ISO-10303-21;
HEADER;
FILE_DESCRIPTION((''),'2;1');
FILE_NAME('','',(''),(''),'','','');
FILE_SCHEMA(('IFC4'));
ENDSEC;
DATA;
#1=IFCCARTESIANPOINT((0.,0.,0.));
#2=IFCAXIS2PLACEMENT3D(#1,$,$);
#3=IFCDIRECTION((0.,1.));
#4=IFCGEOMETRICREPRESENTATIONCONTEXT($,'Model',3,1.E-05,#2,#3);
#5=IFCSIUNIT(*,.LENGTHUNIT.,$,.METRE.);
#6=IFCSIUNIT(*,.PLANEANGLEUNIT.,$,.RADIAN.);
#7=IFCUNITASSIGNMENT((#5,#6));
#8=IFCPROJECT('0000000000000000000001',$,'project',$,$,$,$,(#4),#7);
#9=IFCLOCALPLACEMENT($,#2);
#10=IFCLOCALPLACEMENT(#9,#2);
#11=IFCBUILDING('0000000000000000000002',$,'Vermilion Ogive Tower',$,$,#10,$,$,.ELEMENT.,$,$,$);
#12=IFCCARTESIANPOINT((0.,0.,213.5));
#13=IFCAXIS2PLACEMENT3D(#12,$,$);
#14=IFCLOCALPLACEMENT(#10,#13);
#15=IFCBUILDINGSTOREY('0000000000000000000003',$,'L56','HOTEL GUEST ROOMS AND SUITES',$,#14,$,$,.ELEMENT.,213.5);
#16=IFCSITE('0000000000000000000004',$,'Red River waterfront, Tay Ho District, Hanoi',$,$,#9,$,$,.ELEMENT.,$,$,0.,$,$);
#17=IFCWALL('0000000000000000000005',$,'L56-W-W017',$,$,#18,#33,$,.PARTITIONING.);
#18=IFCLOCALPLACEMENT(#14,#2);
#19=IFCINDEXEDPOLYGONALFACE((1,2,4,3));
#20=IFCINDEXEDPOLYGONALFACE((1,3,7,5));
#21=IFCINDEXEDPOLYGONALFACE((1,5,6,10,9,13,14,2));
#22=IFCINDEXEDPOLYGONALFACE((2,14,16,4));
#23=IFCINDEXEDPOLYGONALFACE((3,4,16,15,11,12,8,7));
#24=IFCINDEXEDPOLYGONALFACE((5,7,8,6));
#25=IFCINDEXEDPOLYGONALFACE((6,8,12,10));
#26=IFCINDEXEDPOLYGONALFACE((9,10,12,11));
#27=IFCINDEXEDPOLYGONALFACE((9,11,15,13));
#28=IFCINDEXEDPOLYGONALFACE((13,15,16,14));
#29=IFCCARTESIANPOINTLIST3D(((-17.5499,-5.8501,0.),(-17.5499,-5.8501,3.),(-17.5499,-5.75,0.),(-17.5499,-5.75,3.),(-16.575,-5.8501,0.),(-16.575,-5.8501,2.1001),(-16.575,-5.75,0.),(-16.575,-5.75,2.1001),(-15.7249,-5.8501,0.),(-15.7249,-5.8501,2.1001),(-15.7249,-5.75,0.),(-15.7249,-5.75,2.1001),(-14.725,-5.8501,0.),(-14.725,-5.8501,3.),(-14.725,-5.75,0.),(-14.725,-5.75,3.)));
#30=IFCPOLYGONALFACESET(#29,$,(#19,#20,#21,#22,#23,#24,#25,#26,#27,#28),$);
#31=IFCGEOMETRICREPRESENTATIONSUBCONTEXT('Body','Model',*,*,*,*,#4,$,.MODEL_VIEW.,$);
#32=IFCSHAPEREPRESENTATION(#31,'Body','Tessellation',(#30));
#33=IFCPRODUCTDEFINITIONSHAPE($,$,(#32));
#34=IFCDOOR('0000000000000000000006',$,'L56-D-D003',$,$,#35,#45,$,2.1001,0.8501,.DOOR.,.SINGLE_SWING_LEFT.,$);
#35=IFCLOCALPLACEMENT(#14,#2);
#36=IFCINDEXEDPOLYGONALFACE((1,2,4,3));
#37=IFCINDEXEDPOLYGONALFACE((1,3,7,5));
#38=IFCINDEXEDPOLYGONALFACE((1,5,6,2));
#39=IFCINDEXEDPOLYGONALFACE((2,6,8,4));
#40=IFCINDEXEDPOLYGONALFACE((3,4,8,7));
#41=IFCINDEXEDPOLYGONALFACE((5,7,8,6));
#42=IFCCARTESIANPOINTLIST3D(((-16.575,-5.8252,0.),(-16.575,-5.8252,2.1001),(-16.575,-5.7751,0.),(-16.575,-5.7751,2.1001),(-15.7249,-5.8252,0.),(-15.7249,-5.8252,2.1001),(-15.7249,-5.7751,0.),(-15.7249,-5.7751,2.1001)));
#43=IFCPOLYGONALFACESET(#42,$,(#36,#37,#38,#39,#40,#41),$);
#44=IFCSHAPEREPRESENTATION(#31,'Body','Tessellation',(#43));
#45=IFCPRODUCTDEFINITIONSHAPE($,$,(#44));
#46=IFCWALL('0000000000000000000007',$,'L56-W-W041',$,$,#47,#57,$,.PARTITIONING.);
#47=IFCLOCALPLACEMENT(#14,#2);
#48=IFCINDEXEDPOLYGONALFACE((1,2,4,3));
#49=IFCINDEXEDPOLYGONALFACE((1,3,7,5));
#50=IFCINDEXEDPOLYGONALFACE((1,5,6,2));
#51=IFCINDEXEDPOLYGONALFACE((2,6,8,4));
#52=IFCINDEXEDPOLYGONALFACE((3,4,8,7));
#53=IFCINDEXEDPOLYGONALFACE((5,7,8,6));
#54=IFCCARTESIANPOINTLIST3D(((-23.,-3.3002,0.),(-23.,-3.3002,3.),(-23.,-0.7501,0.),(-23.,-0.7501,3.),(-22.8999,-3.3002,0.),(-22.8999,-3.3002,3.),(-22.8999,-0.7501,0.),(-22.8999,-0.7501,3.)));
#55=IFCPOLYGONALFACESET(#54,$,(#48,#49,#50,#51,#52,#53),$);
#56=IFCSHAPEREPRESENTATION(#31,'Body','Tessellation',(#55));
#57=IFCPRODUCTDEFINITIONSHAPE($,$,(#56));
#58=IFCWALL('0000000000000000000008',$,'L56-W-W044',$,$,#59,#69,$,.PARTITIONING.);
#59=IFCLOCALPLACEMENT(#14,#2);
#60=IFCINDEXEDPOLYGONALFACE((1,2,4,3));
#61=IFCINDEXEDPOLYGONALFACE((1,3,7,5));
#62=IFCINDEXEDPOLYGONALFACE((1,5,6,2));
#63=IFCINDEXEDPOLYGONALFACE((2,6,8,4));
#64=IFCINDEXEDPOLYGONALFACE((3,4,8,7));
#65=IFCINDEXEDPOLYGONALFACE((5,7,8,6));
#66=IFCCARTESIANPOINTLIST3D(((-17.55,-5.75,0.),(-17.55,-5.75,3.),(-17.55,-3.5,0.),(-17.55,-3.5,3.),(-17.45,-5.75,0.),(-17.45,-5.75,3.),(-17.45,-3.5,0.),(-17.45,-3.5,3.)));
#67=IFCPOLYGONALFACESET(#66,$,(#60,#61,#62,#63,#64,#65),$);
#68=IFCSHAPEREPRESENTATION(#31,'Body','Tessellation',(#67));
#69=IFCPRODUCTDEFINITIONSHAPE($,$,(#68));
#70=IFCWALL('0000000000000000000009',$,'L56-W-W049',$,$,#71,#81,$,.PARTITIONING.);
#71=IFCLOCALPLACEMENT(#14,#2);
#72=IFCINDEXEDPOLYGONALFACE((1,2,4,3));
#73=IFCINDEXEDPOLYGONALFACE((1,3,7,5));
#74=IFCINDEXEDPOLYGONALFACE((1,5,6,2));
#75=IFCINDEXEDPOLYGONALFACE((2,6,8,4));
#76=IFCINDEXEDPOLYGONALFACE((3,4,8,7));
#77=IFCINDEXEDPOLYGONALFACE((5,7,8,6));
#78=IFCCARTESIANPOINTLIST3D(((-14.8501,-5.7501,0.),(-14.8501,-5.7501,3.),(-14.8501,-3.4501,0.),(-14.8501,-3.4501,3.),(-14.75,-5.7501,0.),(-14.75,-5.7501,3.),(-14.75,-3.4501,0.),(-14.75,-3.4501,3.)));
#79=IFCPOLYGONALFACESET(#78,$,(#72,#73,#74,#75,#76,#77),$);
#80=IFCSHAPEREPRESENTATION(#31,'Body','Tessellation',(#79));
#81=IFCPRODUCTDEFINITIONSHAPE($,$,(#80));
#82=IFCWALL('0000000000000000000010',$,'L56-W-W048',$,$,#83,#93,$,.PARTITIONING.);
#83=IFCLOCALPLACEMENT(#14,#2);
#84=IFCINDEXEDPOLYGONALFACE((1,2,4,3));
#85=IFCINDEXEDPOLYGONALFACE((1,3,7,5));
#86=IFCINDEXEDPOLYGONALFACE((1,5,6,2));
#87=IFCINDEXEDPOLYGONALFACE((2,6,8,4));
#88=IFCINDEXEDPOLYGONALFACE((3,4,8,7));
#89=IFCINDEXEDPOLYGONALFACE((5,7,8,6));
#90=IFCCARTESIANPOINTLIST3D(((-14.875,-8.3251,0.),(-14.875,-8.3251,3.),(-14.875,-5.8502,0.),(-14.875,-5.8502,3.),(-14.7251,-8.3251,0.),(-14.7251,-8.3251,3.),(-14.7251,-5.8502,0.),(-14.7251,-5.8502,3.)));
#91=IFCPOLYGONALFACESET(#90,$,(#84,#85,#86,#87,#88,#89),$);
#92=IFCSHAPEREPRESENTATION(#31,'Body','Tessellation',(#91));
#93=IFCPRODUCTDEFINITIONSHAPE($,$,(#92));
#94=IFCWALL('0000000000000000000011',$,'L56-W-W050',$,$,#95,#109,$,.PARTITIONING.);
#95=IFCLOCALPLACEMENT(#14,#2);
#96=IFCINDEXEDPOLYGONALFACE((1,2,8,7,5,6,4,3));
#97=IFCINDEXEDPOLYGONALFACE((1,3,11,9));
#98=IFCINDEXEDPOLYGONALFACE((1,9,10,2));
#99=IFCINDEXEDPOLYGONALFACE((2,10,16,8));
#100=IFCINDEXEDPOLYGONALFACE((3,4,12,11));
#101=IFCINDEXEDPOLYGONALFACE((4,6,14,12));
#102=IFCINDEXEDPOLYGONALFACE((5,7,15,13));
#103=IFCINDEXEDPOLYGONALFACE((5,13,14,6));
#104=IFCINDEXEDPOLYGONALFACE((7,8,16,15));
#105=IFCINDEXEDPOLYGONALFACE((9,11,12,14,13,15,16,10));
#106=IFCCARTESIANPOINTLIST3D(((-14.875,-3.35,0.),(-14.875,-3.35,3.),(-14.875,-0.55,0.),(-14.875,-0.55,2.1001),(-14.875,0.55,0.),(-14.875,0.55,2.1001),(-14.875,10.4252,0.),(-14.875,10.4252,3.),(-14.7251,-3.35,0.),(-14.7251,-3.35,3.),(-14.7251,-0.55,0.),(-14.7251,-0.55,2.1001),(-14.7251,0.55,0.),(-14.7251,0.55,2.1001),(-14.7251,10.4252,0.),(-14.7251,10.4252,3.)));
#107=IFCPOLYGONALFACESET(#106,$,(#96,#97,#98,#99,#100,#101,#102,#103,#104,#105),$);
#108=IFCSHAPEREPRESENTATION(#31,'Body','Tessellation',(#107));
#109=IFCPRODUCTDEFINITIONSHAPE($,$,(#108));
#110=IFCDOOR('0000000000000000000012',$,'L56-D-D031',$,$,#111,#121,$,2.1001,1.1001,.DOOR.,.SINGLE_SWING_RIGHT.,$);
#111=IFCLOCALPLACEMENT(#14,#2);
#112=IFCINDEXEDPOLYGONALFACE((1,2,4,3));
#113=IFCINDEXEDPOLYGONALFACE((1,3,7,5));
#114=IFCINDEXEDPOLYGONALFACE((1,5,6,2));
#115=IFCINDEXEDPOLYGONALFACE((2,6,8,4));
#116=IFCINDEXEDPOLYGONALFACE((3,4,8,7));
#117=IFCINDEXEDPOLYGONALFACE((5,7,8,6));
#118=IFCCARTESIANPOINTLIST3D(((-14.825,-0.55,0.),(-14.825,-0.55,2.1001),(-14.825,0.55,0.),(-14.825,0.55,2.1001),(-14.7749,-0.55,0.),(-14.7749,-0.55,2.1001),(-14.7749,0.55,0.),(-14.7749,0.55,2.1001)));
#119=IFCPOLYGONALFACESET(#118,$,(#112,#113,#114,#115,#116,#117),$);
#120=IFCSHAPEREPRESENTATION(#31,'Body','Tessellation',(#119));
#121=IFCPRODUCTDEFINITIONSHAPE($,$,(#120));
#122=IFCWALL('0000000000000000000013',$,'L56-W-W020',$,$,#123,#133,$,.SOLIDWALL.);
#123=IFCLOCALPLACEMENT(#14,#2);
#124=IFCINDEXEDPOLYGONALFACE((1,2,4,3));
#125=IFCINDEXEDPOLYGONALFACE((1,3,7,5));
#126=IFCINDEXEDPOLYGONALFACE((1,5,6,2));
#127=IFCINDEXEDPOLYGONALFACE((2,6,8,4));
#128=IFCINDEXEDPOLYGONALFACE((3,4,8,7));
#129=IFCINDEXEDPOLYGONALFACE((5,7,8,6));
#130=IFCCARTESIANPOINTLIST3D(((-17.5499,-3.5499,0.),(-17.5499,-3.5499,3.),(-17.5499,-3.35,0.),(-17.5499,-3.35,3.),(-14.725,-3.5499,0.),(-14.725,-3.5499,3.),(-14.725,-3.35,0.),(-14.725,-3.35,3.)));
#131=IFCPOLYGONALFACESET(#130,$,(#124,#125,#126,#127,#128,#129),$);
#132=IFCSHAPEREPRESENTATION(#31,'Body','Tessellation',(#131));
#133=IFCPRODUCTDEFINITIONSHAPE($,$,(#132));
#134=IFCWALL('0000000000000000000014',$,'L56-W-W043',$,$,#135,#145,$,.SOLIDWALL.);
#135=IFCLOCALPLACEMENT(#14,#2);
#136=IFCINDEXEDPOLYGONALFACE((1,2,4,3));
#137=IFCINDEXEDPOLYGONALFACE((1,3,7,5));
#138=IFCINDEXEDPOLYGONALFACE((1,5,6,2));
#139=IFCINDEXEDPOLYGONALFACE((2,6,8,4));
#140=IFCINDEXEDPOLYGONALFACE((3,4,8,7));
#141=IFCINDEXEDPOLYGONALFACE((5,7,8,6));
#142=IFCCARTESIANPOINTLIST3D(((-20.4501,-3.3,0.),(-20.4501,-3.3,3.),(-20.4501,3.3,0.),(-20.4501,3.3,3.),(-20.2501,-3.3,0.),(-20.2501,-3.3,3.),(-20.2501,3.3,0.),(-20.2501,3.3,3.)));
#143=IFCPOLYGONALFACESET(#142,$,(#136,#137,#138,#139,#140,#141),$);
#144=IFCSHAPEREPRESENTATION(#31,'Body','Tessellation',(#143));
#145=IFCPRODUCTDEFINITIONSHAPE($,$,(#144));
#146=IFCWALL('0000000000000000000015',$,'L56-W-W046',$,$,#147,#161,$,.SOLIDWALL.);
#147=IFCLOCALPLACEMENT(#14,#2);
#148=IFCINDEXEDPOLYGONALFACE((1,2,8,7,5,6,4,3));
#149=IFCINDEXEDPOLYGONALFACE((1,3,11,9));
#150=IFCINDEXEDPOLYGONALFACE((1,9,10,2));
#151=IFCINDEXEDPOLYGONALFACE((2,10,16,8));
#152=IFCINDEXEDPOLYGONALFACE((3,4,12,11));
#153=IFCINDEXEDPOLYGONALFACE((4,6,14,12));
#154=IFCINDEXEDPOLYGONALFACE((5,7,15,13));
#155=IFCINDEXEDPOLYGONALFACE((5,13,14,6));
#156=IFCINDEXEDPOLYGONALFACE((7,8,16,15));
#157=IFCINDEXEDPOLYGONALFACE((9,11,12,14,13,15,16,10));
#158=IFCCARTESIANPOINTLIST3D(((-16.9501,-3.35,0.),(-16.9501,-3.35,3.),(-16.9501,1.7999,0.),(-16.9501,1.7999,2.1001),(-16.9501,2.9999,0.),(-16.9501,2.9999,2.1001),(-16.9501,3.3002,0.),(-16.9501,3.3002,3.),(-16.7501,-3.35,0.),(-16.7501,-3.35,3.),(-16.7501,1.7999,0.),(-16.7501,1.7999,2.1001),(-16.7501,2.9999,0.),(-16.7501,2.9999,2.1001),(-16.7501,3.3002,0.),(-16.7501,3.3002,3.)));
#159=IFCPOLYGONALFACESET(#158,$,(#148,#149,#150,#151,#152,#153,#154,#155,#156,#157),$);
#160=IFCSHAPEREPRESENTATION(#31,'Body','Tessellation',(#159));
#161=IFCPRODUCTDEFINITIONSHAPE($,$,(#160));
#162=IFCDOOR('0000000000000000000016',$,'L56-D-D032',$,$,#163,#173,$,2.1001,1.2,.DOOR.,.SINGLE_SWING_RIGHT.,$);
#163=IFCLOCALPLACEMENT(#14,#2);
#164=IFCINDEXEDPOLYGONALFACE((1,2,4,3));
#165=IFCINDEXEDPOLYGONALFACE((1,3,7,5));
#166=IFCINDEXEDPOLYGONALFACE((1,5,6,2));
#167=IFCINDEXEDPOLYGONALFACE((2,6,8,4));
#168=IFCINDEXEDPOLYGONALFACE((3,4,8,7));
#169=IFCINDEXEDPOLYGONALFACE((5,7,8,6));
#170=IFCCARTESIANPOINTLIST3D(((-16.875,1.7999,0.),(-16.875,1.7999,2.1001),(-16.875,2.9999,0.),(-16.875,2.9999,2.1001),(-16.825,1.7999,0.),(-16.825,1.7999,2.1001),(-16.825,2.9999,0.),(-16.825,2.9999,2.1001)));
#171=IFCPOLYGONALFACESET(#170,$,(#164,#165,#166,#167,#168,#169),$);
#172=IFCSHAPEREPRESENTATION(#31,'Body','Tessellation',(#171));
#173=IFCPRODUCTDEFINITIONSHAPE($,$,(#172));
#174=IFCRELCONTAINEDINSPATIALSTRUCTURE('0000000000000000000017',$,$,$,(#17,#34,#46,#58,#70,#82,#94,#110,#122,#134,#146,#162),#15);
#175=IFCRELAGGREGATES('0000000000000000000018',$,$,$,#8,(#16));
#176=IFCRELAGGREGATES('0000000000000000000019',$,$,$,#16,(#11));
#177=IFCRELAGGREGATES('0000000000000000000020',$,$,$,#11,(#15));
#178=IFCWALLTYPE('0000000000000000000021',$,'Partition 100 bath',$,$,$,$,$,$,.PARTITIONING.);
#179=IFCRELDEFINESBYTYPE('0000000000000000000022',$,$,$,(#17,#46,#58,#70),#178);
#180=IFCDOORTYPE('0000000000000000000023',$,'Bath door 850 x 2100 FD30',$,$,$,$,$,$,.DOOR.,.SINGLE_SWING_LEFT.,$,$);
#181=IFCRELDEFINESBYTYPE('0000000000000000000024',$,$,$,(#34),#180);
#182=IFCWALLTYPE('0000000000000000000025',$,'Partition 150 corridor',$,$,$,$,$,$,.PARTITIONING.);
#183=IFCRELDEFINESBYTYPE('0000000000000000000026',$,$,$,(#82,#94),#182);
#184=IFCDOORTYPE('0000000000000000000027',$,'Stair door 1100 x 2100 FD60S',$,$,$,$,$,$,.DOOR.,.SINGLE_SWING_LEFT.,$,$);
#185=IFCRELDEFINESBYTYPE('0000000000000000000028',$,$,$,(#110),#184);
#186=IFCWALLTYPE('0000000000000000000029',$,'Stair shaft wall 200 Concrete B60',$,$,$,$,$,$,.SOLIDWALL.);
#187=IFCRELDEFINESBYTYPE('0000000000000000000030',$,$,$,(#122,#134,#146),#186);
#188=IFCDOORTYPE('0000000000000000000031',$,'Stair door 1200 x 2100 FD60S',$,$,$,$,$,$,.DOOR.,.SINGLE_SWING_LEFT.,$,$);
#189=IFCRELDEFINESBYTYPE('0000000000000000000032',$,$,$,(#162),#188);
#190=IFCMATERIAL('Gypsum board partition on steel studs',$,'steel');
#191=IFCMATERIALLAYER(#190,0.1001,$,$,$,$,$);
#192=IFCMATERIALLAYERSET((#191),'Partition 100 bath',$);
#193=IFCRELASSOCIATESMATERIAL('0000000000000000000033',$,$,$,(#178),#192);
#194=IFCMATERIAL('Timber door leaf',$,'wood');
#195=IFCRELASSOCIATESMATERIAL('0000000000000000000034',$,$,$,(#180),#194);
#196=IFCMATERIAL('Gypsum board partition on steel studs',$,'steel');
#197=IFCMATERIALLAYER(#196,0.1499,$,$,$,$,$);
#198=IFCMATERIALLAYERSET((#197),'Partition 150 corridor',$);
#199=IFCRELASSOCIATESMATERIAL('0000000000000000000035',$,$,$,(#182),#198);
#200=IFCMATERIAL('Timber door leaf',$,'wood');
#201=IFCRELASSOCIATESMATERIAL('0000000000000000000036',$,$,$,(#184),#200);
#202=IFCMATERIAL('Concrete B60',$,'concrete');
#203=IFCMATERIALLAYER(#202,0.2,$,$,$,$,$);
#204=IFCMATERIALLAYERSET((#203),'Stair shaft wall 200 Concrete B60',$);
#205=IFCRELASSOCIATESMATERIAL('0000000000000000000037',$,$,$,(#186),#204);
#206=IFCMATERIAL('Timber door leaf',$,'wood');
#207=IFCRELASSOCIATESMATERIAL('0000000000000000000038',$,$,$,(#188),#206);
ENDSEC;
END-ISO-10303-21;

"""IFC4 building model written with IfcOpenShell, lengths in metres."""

from ifc_helpers import new_model, si_unit, direction, frame, frame_2d, origin, place, context, subcontext, project, spatial, rectangle, extrude, material, layer, layer_set, type_object, element, fill, save


model = new_model("IFC4")

# Units and contexts
model_context = context("Model", 3, precision=1e-05, world=origin(), true_north=direction((0.0, 1.0)))
body_context = subcontext(model_context, "Body", "Model", "MODEL_VIEW")
ifc_project = project(units=[si_unit("LENGTHUNIT", "METRE"), si_unit("PLANEANGLEUNIT", "RADIAN")], contexts=[model_context])

# Site, building, storey
site_placement = place(None, origin())
site = spatial("IfcSite", under=ifc_project, at=site_placement, Name="Red River waterfront, Tay Ho District, Hanoi", CompositionType="ELEMENT", RefElevation=0.0)
building_placement = place(site_placement, origin())
building = spatial("IfcBuilding", under=site, at=building_placement, Name="Vermilion Ogive Tower", CompositionType="ELEMENT")
storey_placement = place(building_placement, frame((0.0, 0.0, 213.5)))
storey = spatial("IfcBuildingStorey", under=building, at=storey_placement, Name="L56", Description="HOTEL GUEST ROOMS AND SUITES", CompositionType="ELEMENT", Elevation=213.5)

# Wall, opening, door
ifc_material_1 = material(Name="Gypsum board partition on steel studs", Category="steel")
ifc_layer_1 = layer(ifc_material_1, 0.1001)
ifc_layer_set_1 = layer_set([ifc_layer_1], Name="Partition 100 bath")
wall_type_1 = type_object("IfcWallType", Name="Partition 100 bath", PredefinedType="PARTITIONING", material=ifc_layer_set_1)
wall_1_placement = place(storey_placement, frame((-17.55, -5.8, 0.0), z_axis=(0.0, 0.0, 1.0), x_axis=(1.0, 0.0, 0.0)))
wall_1 = element("IfcWall", 1, at=wall_1_placement, inside=storey, type_object=wall_type_1, Name="L56-W-W017", PredefinedType="PARTITIONING", context=body_context, shape_type="SweptSolid", body=[
    extrude(rectangle(XDim=2.825, YDim=0.1001, at=frame_2d((1.4126, 0.0))), origin(), (0.0, 0.0, 1.0), 3.0),
])
opening_1_placement = place(wall_1_placement, frame((0.9751, 0.0, 0.0)))
opening_1 = element("IfcOpeningElement", 2, at=opening_1_placement, cuts=wall_1, PredefinedType="OPENING", context=body_context, shape_type="SweptSolid", body=[
    extrude(rectangle(XDim=0.8501, YDim=2.1001, at=frame_2d((0.425, 1.05))), frame((0.0, 0.0601, 0.0), z_axis=(0.0, -1.0, 0.0), x_axis=(1.0, 0.0, 0.0)), (0.0, 0.0, 1.0), 0.1201),
])
ifc_material_2 = material(Name="Timber door leaf", Category="wood")
door_type_1 = type_object("IfcDoorType", Name="Bath door 850 x 2100 FD30", OperationType="SINGLE_SWING_LEFT", PredefinedType="DOOR", material=ifc_material_2)
door_1_placement = place(opening_1_placement, origin())
door_1 = element("IfcDoor", 3, at=door_1_placement, inside=storey, type_object=door_type_1, Name="L56-D-D003", OperationType="SINGLE_SWING_LEFT", OverallHeight=2.1001, OverallWidth=0.8501, PredefinedType="DOOR", context=body_context, shape_type="SweptSolid", body=[
    extrude(rectangle(XDim=0.8501, YDim=2.1001, at=frame_2d((0.425, 1.05))), frame((0.0, 0.0249, 0.0), z_axis=(0.0, -1.0, 0.0), x_axis=(1.0, 0.0, 0.0)), (0.0, 0.0, 1.0), 0.05),
])
fill(opening_1, door_1)

# Walls
wall_2_placement = place(storey_placement, frame((-22.95, -3.3, 0.0), z_axis=(0.0, 0.0, 1.0), x_axis=(0.0, 1.0, 0.0)))
element("IfcWall", 4, at=wall_2_placement, inside=storey, type_object=wall_type_1, Name="L56-W-W041", PredefinedType="PARTITIONING", context=body_context, shape_type="SweptSolid", body=[
    extrude(rectangle(XDim=2.55, YDim=0.1001, at=frame_2d((1.2749, 0.0))), origin(), (0.0, 0.0, 1.0), 3.0),
])
wall_3_placement = place(storey_placement, frame((-17.5, -5.75, 0.0), z_axis=(0.0, 0.0, 1.0), x_axis=(0.0, 1.0, 0.0)))
element("IfcWall", 5, at=wall_3_placement, inside=storey, type_object=wall_type_1, Name="L56-W-W044", PredefinedType="PARTITIONING", context=body_context, shape_type="SweptSolid", body=[
    extrude(rectangle(XDim=2.25, YDim=0.1001, at=frame_2d((1.125, 0.0))), origin(), (0.0, 0.0, 1.0), 3.0),
])
wall_4_placement = place(storey_placement, frame((-14.8, -5.75, 0.0), z_axis=(0.0, 0.0, 1.0), x_axis=(0.0, 1.0, 0.0)))
element("IfcWall", 6, at=wall_4_placement, inside=storey, type_object=wall_type_1, Name="L56-W-W049", PredefinedType="PARTITIONING", context=body_context, shape_type="SweptSolid", body=[
    extrude(rectangle(XDim=2.3, YDim=0.1001, at=frame_2d((1.1499, 0.0))), origin(), (0.0, 0.0, 1.0), 3.0),
])
ifc_material_3 = material(Name="Gypsum board partition on steel studs", Category="steel")
ifc_layer_2 = layer(ifc_material_3, 0.1499)
ifc_layer_set_2 = layer_set([ifc_layer_2], Name="Partition 150 corridor")
wall_type_2 = type_object("IfcWallType", Name="Partition 150 corridor", PredefinedType="PARTITIONING", material=ifc_layer_set_2)
wall_5_placement = place(storey_placement, frame((-14.8, -8.325, 0.0), z_axis=(0.0, 0.0, 1.0), x_axis=(0.0, 1.0, 0.0)))
element("IfcWall", 7, at=wall_5_placement, inside=storey, type_object=wall_type_2, Name="L56-W-W048", PredefinedType="PARTITIONING", context=body_context, shape_type="SweptSolid", body=[
    extrude(rectangle(XDim=2.4749, YDim=0.1499, at=frame_2d((1.2373, 0.0))), origin(), (0.0, 0.0, 1.0), 3.0),
])

# Wall, opening, door
wall_6_placement = place(storey_placement, frame((-14.8, -3.3501, 0.0), z_axis=(0.0, 0.0, 1.0), x_axis=(0.0, 1.0, 0.0)))
wall_6 = element("IfcWall", 8, at=wall_6_placement, inside=storey, type_object=wall_type_2, Name="L56-W-W050", PredefinedType="PARTITIONING", context=body_context, shape_type="SweptSolid", body=[
    extrude(rectangle(XDim=13.7751, YDim=0.1499, at=frame_2d((6.8877, 0.0))), origin(), (0.0, 0.0, 1.0), 3.0),
])
opening_2_placement = place(wall_6_placement, frame((2.8, 0.0, 0.0)))
opening_2 = element("IfcOpeningElement", 9, at=opening_2_placement, cuts=wall_6, PredefinedType="OPENING", context=body_context, shape_type="SweptSolid", body=[
    extrude(rectangle(XDim=1.1001, YDim=2.1001, at=frame_2d((0.55, 1.05))), frame((0.0, 0.085, 0.0), z_axis=(0.0, -1.0, 0.0), x_axis=(1.0, 0.0, 0.0)), (0.0, 0.0, 1.0), 0.1699),
])
ifc_material_4 = material(Name="Timber door leaf", Category="wood")
door_type_2 = type_object("IfcDoorType", Name="Stair door 1100 x 2100 FD60S", OperationType="SINGLE_SWING_LEFT", PredefinedType="DOOR", material=ifc_material_4)
door_2_placement = place(opening_2_placement, origin())
door_2 = element("IfcDoor", 10, at=door_2_placement, inside=storey, type_object=door_type_2, Name="L56-D-D031", OperationType="SINGLE_SWING_RIGHT", OverallHeight=2.1001, OverallWidth=1.1001, PredefinedType="DOOR", context=body_context, shape_type="SweptSolid", body=[
    extrude(rectangle(XDim=1.1001, YDim=2.1001, at=frame_2d((0.55, 1.05))), frame((0.0, 0.0249, 0.0), z_axis=(0.0, -1.0, 0.0), x_axis=(1.0, 0.0, 0.0)), (0.0, 0.0, 1.0), 0.05),
])
fill(opening_2, door_2)

# Walls
ifc_material_5 = material(Name="Concrete B60", Category="concrete")
ifc_layer_3 = layer(ifc_material_5, 0.2)
ifc_layer_set_3 = layer_set([ifc_layer_3], Name="Stair shaft wall 200 Concrete B60")
wall_type_3 = type_object("IfcWallType", Name="Stair shaft wall 200 Concrete B60", PredefinedType="SOLIDWALL", material=ifc_layer_set_3)
wall_7_placement = place(storey_placement, frame((-17.55, -3.45, 0.0), z_axis=(0.0, 0.0, 1.0), x_axis=(1.0, 0.0, 0.0)))
element("IfcWall", 11, at=wall_7_placement, inside=storey, type_object=wall_type_3, Name="L56-W-W020", PredefinedType="SOLIDWALL", context=body_context, shape_type="SweptSolid", body=[
    extrude(rectangle(XDim=2.825, YDim=0.2, at=frame_2d((1.4126, 0.0))), origin(), (0.0, 0.0, 1.0), 3.0),
])
wall_8_placement = place(storey_placement, frame((-20.3501, -3.3, 0.0), z_axis=(0.0, 0.0, 1.0), x_axis=(0.0, 1.0, 0.0)))
element("IfcWall", 12, at=wall_8_placement, inside=storey, type_object=wall_type_3, Name="L56-W-W043", PredefinedType="SOLIDWALL", context=body_context, shape_type="SweptSolid", body=[
    extrude(rectangle(XDim=6.6001, YDim=0.2, at=frame_2d((3.3, 0.0))), origin(), (0.0, 0.0, 1.0), 3.0),
])

# Wall, opening, door
wall_9_placement = place(storey_placement, frame((-16.8501, -3.3501, 0.0), z_axis=(0.0, 0.0, 1.0), x_axis=(0.0, 1.0, 0.0)))
wall_9 = element("IfcWall", 13, at=wall_9_placement, inside=storey, type_object=wall_type_3, Name="L56-W-W046", PredefinedType="SOLIDWALL", context=body_context, shape_type="SweptSolid", body=[
    extrude(rectangle(XDim=6.6501, YDim=0.2, at=frame_2d((3.3252, 0.0))), origin(), (0.0, 0.0, 1.0), 3.0),
])
opening_3_placement = place(wall_9_placement, frame((5.1499, 0.0, 0.0)))
opening_3 = element("IfcOpeningElement", 14, at=opening_3_placement, cuts=wall_9, PredefinedType="OPENING", context=body_context, shape_type="SweptSolid", body=[
    extrude(rectangle(XDim=1.2, YDim=2.1001, at=frame_2d((0.6001, 1.05))), frame((0.0, 0.1099, 0.0), z_axis=(0.0, -1.0, 0.0), x_axis=(1.0, 0.0, 0.0)), (0.0, 0.0, 1.0), 0.22),
])
ifc_material_6 = material(Name="Timber door leaf", Category="wood")
door_type_3 = type_object("IfcDoorType", Name="Stair door 1200 x 2100 FD60S", OperationType="SINGLE_SWING_LEFT", PredefinedType="DOOR", material=ifc_material_6)
door_3_placement = place(opening_3_placement, origin())
door_3 = element("IfcDoor", 15, at=door_3_placement, inside=storey, type_object=door_type_3, Name="L56-D-D032", OperationType="SINGLE_SWING_RIGHT", OverallHeight=2.1001, OverallWidth=1.2, PredefinedType="DOOR", context=body_context, shape_type="SweptSolid", body=[
    extrude(rectangle(XDim=1.2, YDim=2.1001, at=frame_2d((0.6001, 1.05))), frame((0.0, 0.0249, 0.0), z_axis=(0.0, -1.0, 0.0), x_axis=(1.0, 0.0, 0.0)), (0.0, 0.0, 1.0), 0.05),
])
fill(opening_3, door_3)

save(model, "model.ifc")
